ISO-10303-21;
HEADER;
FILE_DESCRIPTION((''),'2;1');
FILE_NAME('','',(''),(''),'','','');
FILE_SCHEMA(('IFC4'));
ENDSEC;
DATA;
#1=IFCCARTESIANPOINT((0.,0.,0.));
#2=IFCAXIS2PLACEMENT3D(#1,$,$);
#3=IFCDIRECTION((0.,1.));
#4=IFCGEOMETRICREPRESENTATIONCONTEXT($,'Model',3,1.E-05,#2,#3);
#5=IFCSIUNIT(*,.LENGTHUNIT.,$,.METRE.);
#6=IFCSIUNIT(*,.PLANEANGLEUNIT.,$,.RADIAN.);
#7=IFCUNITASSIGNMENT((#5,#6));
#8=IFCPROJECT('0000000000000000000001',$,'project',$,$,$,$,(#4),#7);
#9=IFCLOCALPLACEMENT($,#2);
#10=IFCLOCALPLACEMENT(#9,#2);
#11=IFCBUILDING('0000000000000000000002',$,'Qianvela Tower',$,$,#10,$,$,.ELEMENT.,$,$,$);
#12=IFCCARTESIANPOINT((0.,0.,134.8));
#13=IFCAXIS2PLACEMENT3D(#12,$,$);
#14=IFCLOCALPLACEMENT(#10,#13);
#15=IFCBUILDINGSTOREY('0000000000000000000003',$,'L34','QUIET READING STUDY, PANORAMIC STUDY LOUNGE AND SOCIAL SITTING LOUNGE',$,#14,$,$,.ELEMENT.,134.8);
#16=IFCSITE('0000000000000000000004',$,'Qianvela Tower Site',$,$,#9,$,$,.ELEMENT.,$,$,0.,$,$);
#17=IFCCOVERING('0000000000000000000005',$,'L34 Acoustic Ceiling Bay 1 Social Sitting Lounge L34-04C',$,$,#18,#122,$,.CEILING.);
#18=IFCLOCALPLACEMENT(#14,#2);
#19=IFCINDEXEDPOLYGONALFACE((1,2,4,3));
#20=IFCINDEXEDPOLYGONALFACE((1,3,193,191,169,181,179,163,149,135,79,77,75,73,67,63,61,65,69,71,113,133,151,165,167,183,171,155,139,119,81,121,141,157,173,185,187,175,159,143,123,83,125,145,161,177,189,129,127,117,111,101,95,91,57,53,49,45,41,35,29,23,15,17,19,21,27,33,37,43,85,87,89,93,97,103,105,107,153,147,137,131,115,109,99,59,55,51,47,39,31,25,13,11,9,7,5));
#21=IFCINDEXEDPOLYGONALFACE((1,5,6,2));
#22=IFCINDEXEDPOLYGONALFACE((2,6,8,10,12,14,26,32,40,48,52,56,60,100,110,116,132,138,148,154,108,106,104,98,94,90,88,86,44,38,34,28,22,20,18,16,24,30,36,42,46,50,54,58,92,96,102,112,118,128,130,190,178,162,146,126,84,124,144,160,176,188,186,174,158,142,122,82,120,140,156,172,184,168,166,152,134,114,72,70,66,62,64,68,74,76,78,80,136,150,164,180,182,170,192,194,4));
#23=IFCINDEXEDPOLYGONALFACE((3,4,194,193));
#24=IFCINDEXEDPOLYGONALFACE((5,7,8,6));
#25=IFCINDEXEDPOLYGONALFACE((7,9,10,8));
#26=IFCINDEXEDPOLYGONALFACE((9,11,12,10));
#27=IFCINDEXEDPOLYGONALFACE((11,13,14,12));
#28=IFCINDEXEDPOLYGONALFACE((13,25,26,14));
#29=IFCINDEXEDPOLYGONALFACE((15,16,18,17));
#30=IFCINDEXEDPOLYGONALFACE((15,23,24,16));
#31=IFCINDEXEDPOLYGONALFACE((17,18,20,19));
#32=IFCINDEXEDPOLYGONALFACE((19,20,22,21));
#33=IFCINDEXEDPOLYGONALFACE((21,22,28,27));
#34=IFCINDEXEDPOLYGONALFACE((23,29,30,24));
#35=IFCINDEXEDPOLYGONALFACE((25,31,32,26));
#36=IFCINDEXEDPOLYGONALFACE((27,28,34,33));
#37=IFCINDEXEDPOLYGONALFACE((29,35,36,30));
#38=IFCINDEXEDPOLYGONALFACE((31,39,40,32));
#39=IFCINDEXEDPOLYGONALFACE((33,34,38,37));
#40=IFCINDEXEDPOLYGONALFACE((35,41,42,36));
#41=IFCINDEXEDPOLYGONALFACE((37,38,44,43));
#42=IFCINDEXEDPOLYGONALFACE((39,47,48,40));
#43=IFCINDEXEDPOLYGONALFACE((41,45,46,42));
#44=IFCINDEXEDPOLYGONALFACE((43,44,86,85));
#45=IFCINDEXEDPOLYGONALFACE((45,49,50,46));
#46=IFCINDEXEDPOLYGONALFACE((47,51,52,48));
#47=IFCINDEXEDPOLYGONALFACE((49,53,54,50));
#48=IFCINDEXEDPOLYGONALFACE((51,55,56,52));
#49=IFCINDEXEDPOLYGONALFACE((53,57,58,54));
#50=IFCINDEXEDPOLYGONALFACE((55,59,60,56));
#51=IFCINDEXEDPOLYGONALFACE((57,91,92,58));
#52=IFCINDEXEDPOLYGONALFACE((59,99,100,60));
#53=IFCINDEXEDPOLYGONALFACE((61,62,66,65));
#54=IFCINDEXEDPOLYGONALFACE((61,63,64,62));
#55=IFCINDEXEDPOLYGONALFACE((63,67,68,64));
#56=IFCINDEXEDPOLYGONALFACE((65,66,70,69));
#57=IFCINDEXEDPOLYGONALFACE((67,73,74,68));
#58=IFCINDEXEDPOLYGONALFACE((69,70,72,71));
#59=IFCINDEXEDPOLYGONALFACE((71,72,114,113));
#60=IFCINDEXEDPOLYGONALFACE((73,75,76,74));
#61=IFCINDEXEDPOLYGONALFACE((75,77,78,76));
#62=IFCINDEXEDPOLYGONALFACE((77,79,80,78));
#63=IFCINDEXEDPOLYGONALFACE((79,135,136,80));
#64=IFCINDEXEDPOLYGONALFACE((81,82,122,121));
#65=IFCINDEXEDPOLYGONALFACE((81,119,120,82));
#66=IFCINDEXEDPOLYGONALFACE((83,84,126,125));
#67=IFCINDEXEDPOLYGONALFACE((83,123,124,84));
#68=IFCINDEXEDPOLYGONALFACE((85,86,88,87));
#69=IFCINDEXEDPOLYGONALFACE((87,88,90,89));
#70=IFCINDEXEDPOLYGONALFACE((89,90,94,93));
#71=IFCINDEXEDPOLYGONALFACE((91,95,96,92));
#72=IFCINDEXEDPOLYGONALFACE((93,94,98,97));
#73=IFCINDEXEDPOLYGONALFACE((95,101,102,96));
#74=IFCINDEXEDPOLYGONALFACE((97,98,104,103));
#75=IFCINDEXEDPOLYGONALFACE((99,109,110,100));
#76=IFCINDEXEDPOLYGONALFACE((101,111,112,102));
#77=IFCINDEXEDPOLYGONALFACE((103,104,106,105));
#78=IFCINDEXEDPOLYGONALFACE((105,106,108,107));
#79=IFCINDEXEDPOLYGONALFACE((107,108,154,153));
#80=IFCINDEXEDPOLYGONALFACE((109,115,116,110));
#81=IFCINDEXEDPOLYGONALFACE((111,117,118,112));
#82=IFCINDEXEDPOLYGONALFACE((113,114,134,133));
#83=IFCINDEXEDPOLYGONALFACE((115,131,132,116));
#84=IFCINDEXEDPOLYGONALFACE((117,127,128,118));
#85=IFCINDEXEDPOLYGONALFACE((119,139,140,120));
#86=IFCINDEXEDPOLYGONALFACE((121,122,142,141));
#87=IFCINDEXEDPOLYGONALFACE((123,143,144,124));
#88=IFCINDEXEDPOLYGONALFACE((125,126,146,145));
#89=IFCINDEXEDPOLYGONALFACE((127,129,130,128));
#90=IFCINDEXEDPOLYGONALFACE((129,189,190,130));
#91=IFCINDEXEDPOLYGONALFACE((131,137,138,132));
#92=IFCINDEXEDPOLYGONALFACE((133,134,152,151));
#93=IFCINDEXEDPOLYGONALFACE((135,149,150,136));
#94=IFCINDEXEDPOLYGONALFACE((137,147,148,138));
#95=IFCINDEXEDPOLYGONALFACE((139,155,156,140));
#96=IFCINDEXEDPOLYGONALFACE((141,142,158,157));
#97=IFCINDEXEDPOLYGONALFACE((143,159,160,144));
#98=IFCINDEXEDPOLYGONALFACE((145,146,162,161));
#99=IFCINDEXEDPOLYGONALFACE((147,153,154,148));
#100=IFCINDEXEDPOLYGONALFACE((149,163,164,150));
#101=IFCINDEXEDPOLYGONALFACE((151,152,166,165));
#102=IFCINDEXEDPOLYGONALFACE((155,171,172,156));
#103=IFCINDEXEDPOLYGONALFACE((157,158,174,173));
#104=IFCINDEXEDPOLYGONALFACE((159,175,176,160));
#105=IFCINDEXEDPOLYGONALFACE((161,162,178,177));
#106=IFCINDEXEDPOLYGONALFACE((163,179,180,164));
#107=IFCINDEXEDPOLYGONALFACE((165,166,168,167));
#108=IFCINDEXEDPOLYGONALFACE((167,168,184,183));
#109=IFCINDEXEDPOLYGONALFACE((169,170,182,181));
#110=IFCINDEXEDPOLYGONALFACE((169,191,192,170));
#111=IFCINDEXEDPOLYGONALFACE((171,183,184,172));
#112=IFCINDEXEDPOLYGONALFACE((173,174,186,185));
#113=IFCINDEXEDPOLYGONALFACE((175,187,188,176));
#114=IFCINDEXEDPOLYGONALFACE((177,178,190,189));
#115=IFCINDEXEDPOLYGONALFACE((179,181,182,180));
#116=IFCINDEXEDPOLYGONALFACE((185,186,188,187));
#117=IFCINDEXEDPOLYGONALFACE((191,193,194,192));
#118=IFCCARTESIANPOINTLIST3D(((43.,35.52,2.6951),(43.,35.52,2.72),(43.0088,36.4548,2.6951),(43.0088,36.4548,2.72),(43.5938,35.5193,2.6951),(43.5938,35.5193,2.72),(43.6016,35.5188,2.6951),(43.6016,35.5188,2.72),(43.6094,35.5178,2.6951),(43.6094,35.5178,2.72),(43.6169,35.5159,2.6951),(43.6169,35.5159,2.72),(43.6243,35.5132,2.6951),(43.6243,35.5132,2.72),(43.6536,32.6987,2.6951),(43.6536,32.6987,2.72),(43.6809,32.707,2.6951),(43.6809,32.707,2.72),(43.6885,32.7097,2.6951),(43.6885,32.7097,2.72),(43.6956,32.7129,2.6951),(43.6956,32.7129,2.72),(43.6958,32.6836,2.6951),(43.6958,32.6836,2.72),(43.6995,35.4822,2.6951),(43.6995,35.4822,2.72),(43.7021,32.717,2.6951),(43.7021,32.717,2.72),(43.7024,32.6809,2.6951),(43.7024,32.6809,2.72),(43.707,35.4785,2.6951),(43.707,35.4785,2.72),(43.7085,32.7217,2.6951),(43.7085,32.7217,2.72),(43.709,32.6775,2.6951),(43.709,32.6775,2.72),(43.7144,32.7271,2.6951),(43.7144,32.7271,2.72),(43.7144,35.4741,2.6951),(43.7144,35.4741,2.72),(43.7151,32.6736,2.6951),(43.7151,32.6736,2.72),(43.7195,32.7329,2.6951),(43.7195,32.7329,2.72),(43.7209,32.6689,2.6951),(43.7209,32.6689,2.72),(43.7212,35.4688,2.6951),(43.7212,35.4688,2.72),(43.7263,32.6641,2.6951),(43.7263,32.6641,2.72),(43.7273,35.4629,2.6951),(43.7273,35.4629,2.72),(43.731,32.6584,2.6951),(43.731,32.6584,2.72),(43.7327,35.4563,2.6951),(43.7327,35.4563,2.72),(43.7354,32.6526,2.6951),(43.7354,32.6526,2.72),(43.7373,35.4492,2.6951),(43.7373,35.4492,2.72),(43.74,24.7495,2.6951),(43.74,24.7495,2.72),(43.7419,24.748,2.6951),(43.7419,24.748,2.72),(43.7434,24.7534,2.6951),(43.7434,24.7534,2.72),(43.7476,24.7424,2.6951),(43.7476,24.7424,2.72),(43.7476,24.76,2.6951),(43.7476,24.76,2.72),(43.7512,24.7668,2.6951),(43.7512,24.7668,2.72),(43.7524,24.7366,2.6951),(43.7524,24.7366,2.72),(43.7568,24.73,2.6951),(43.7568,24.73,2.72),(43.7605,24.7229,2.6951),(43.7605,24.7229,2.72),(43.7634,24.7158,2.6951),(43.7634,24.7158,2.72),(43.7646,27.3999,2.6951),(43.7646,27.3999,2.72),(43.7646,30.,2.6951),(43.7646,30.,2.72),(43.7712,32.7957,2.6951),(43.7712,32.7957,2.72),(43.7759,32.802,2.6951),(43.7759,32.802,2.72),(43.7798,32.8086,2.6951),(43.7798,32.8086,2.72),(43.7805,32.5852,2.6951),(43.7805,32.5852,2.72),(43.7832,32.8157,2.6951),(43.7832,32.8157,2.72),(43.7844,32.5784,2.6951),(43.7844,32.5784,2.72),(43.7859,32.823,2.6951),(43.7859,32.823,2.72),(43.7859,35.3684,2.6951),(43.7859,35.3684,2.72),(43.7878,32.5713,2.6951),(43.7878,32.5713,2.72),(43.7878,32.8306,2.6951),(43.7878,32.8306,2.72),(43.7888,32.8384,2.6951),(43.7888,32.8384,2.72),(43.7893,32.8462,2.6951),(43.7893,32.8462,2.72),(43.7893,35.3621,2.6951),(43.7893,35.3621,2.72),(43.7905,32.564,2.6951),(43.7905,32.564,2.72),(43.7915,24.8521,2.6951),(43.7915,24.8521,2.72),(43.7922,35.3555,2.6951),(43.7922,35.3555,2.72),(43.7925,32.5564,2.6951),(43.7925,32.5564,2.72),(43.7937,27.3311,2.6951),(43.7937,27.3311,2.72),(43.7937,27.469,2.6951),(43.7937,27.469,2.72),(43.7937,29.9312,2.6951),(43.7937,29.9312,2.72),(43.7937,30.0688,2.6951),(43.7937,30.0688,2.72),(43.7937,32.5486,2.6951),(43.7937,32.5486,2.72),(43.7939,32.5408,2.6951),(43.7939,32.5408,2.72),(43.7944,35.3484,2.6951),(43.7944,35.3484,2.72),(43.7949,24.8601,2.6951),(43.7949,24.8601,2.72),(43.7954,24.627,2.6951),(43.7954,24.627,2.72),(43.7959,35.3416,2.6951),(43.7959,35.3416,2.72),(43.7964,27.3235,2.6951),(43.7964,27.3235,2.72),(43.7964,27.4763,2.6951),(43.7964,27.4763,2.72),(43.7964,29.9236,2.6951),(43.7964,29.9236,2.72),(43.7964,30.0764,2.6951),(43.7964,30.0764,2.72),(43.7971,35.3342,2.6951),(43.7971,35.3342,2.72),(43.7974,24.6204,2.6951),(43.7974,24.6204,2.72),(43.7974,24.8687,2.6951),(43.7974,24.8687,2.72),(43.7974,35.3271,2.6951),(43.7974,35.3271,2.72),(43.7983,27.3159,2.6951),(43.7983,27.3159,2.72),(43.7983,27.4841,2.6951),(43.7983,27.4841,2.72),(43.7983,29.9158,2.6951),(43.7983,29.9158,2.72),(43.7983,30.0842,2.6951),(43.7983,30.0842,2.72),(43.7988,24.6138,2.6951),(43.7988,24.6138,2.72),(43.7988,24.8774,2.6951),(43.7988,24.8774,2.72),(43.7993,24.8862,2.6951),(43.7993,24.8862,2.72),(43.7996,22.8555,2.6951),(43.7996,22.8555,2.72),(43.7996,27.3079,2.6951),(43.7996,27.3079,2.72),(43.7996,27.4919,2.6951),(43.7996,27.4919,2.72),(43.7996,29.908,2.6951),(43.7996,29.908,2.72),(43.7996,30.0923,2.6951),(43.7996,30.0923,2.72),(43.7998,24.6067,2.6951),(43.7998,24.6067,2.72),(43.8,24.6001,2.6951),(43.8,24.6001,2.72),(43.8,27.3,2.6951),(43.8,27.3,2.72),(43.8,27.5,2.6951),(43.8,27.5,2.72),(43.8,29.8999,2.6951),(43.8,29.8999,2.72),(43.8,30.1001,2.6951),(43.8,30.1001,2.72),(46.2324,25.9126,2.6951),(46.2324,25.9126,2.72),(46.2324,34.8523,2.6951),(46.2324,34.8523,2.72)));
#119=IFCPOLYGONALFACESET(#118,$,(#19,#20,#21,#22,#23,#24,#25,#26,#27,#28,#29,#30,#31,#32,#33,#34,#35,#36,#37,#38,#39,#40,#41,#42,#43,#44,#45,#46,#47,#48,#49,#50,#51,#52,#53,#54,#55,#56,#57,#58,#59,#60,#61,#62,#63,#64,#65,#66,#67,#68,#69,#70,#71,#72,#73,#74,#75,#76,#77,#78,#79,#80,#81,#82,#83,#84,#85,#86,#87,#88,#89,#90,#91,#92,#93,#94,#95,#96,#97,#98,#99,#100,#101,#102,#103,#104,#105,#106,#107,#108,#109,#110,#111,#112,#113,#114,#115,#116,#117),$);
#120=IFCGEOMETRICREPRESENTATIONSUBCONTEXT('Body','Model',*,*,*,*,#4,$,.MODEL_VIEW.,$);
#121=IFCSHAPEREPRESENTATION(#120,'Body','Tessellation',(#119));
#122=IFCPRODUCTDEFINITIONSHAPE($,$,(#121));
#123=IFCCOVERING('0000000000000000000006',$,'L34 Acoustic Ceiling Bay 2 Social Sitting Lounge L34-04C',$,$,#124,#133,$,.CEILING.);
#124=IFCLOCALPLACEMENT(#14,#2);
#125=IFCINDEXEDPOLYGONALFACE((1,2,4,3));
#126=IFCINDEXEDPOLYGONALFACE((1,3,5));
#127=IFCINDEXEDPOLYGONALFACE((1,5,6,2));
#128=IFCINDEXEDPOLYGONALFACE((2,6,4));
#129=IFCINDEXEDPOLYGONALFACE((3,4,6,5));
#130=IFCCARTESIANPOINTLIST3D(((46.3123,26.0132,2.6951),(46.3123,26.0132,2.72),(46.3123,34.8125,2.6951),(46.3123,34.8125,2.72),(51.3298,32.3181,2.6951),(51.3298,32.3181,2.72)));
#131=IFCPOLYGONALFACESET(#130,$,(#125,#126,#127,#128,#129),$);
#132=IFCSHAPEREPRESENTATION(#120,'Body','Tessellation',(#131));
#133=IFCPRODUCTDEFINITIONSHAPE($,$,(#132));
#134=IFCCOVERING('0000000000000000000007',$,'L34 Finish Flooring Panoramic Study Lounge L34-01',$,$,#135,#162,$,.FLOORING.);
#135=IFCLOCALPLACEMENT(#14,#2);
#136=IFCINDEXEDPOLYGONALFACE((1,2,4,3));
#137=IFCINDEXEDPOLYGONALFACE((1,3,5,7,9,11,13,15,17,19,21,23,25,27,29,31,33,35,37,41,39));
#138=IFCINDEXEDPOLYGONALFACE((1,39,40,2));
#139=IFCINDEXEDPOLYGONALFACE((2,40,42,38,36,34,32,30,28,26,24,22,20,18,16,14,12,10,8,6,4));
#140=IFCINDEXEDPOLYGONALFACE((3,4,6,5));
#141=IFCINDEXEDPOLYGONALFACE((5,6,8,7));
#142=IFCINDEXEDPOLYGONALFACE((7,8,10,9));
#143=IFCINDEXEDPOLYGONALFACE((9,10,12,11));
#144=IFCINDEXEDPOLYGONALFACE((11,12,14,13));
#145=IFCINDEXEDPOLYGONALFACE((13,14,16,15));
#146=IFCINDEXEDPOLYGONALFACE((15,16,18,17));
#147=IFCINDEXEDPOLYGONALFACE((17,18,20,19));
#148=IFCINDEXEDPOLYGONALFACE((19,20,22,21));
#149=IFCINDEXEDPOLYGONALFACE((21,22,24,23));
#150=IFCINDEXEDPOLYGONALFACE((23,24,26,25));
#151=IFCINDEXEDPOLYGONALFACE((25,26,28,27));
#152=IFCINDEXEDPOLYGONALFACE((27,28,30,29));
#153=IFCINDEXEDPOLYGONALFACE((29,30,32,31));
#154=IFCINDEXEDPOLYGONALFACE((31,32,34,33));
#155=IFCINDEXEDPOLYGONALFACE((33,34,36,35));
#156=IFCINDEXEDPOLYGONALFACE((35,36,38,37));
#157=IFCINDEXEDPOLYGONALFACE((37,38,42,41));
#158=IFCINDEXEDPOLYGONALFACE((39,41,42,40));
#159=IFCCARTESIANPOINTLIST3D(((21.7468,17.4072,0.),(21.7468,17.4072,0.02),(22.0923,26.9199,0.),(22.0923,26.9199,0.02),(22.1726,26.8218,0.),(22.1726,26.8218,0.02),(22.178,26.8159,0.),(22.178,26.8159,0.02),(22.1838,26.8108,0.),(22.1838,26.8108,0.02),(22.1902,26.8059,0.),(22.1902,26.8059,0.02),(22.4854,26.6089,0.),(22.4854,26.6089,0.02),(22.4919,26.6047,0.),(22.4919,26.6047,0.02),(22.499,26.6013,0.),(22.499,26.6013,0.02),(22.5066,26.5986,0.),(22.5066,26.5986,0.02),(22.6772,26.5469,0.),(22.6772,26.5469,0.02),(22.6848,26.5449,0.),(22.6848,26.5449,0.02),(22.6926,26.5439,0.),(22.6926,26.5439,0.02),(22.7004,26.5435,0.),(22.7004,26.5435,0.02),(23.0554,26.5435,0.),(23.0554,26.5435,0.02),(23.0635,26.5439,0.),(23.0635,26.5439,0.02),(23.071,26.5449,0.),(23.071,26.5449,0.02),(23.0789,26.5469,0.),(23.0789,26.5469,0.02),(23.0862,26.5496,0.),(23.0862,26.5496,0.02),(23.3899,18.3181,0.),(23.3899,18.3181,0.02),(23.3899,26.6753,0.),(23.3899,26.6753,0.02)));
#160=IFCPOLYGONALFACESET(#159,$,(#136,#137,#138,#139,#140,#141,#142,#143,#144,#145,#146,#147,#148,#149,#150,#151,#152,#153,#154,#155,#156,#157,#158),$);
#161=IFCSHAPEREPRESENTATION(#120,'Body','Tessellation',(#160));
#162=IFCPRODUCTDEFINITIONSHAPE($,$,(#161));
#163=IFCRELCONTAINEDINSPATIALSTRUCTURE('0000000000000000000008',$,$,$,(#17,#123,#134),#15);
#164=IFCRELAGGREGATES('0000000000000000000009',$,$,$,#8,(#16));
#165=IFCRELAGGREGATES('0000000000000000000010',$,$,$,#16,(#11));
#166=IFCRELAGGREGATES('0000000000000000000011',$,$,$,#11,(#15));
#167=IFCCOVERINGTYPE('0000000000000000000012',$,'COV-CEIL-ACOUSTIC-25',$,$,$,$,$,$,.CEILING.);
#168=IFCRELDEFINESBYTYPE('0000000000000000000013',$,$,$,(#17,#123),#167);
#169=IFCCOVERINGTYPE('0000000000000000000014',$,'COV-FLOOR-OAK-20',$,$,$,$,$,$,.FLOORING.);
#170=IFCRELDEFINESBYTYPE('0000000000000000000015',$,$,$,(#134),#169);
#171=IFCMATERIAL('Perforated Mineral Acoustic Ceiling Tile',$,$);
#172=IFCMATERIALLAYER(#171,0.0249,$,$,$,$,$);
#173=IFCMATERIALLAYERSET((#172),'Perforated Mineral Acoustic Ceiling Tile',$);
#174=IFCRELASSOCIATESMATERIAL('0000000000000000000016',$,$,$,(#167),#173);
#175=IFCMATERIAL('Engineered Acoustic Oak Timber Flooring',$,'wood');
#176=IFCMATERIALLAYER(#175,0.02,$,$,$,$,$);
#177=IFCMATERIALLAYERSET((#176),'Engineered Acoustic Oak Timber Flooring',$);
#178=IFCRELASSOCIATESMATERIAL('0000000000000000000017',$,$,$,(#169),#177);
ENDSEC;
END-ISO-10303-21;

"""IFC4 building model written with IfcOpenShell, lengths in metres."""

from ifc_helpers import new_model, si_unit, direction, frame, origin, place, context, subcontext, project, spatial, polyline, outline, extrude, material, layer, layer_set, type_object, element, save


model = new_model("IFC4")

# Units and contexts
model_context = context("Model", 3, precision=1e-05, world=origin(), true_north=direction((0.0, 1.0)))
body_context = subcontext(model_context, "Body", "Model", "MODEL_VIEW")
ifc_project = project(units=[si_unit("LENGTHUNIT", "METRE"), si_unit("PLANEANGLEUNIT", "RADIAN")], contexts=[model_context])

# Site, building, storey
site_placement = place(None, origin())
site = spatial("IfcSite", under=ifc_project, at=site_placement, Name="Qianvela Tower Site", CompositionType="ELEMENT", RefElevation=0.0)
building_placement = place(site_placement, origin())
building = spatial("IfcBuilding", under=site, at=building_placement, Name="Qianvela Tower", CompositionType="ELEMENT")
storey_placement = place(building_placement, frame((0.0, 0.0, 134.8)))
storey = spatial("IfcBuildingStorey", under=building, at=storey_placement, Name="L34", Description="QUIET READING STUDY, PANORAMIC STUDY LOUNGE AND SOCIAL SITTING LOUNGE", CompositionType="ELEMENT", Elevation=134.8)

# Coverings
ifc_material_1 = material(Name="Perforated Mineral Acoustic Ceiling Tile")
ifc_layer_1 = layer(ifc_material_1, 0.0249)
ifc_layer_set_1 = layer_set([ifc_layer_1], Name="Perforated Mineral Acoustic Ceiling Tile")
covering_type_1 = type_object("IfcCoveringType", Name="COV-CEIL-ACOUSTIC-25", PredefinedType="CEILING", material=ifc_layer_set_1)
covering_1_placement = place(storey_placement, frame((0.0, 0.0, 2.6951)))
element("IfcCovering", 1, at=covering_1_placement, inside=storey, type_object=covering_type_1, Name="L34 Acoustic Ceiling Bay 1 Social Sitting Lounge L34-04C", PredefinedType="CEILING", context=body_context, shape_type="SweptSolid", body=[
    extrude(outline(polyline([(43.6809, 32.707), (43.6885, 32.7097), (43.6956, 32.7129), (43.7021, 32.717), (43.7085, 32.7217), (43.7144, 32.7271), (43.7195, 32.7329), (43.7712, 32.7957), (43.7759, 32.802), (43.7798, 32.8086), (43.7832, 32.8157), (43.7859, 32.823), (43.7878, 32.8306), (43.7888, 32.8384), (43.7893, 32.8462), (43.7974, 35.3271), (43.7971, 35.3342), (43.7959, 35.3416), (43.7944, 35.3484), (43.7922, 35.3555), (43.7893, 35.3621), (43.7859, 35.3684), (43.7373, 35.4492), (43.7327, 35.4563), (43.7273, 35.4629), (43.7212, 35.4688), (43.7144, 35.4741), (43.707, 35.4785), (43.6995, 35.4822), (43.6243, 35.5132), (43.6169, 35.5159), (43.6094, 35.5178), (43.6016, 35.5188), (43.5938, 35.5193), (43.0, 35.52), (43.0088, 36.4548), (46.2324, 34.8523), (46.2324, 25.9126), (43.7996, 22.8555), (43.8, 24.6001), (43.7998, 24.6067), (43.7988, 24.6138), (43.7974, 24.6204), (43.7954, 24.627), (43.7634, 24.7158), (43.7605, 24.7229), (43.7568, 24.73), (43.7524, 24.7366), (43.7476, 24.7424), (43.7419, 24.748), (43.74, 24.7495), (43.7434, 24.7534), (43.7476, 24.76), (43.7512, 24.7668), (43.7915, 24.8521), (43.7949, 24.8601), (43.7974, 24.8687), (43.7988, 24.8774), (43.7993, 24.8862), (43.8, 27.3), (43.7996, 27.3079), (43.7983, 27.3159), (43.7964, 27.3235), (43.7937, 27.3311), (43.7646, 27.3999), (43.7937, 27.469), (43.7964, 27.4763), (43.7983, 27.4841), (43.7996, 27.4919), (43.8, 27.5), (43.8, 29.8999), (43.7996, 29.908), (43.7983, 29.9158), (43.7964, 29.9236), (43.7937, 29.9312), (43.7646, 30.0), (43.7937, 30.0688), (43.7964, 30.0764), (43.7983, 30.0842), (43.7996, 30.0923), (43.8, 30.1001), (43.7939, 32.5408), (43.7937, 32.5486), (43.7925, 32.5564), (43.7905, 32.564), (43.7878, 32.5713), (43.7844, 32.5784), (43.7805, 32.5852), (43.7354, 32.6526), (43.731, 32.6584), (43.7263, 32.6641), (43.7209, 32.6689), (43.7151, 32.6736), (43.709, 32.6775), (43.7024, 32.6809), (43.6958, 32.6836), (43.6536, 32.6987), (43.6809, 32.707)])), origin(), (0.0, 0.0, 1.0), 0.0249),
])
covering_2_placement = place(storey_placement, frame((0.0, 0.0, 2.6951)))
element("IfcCovering", 2, at=covering_2_placement, inside=storey, type_object=covering_type_1, Name="L34 Acoustic Ceiling Bay 2 Social Sitting Lounge L34-04C", PredefinedType="CEILING", context=body_context, shape_type="SweptSolid", body=[
    extrude(outline(polyline([(51.3298, 32.3181), (46.3123, 26.0132), (46.3123, 34.8125), (51.3298, 32.3181)])), origin(), (0.0, 0.0, 1.0), 0.0249),
])
ifc_material_2 = material(Name="Engineered Acoustic Oak Timber Flooring", Category="wood")
ifc_layer_2 = layer(ifc_material_2, 0.02)
ifc_layer_set_2 = layer_set([ifc_layer_2], Name="Engineered Acoustic Oak Timber Flooring")
covering_type_2 = type_object("IfcCoveringType", Name="COV-FLOOR-OAK-20", PredefinedType="FLOORING", material=ifc_layer_set_2)
covering_3_placement = place(storey_placement, origin())
element("IfcCovering", 3, at=covering_3_placement, inside=storey, type_object=covering_type_2, Name="L34 Finish Flooring Panoramic Study Lounge L34-01", PredefinedType="FLOORING", context=body_context, shape_type="SweptSolid", body=[
    extrude(outline(polyline([(22.0923, 26.9199), (22.1726, 26.8218), (22.178, 26.8159), (22.1838, 26.8108), (22.1902, 26.8059), (22.4854, 26.6089), (22.4919, 26.6047), (22.499, 26.6013), (22.5066, 26.5986), (22.6772, 26.5469), (22.6848, 26.5449), (22.6926, 26.5439), (22.7004, 26.5435), (23.0554, 26.5435), (23.0635, 26.5439), (23.071, 26.5449), (23.0789, 26.5469), (23.0862, 26.5496), (23.3899, 26.6753), (23.3899, 18.3181), (21.7468, 17.4072), (22.0923, 26.9199)])), origin(), (0.0, 0.0, 1.0), 0.02),
])

save(model, "model.ifc")
